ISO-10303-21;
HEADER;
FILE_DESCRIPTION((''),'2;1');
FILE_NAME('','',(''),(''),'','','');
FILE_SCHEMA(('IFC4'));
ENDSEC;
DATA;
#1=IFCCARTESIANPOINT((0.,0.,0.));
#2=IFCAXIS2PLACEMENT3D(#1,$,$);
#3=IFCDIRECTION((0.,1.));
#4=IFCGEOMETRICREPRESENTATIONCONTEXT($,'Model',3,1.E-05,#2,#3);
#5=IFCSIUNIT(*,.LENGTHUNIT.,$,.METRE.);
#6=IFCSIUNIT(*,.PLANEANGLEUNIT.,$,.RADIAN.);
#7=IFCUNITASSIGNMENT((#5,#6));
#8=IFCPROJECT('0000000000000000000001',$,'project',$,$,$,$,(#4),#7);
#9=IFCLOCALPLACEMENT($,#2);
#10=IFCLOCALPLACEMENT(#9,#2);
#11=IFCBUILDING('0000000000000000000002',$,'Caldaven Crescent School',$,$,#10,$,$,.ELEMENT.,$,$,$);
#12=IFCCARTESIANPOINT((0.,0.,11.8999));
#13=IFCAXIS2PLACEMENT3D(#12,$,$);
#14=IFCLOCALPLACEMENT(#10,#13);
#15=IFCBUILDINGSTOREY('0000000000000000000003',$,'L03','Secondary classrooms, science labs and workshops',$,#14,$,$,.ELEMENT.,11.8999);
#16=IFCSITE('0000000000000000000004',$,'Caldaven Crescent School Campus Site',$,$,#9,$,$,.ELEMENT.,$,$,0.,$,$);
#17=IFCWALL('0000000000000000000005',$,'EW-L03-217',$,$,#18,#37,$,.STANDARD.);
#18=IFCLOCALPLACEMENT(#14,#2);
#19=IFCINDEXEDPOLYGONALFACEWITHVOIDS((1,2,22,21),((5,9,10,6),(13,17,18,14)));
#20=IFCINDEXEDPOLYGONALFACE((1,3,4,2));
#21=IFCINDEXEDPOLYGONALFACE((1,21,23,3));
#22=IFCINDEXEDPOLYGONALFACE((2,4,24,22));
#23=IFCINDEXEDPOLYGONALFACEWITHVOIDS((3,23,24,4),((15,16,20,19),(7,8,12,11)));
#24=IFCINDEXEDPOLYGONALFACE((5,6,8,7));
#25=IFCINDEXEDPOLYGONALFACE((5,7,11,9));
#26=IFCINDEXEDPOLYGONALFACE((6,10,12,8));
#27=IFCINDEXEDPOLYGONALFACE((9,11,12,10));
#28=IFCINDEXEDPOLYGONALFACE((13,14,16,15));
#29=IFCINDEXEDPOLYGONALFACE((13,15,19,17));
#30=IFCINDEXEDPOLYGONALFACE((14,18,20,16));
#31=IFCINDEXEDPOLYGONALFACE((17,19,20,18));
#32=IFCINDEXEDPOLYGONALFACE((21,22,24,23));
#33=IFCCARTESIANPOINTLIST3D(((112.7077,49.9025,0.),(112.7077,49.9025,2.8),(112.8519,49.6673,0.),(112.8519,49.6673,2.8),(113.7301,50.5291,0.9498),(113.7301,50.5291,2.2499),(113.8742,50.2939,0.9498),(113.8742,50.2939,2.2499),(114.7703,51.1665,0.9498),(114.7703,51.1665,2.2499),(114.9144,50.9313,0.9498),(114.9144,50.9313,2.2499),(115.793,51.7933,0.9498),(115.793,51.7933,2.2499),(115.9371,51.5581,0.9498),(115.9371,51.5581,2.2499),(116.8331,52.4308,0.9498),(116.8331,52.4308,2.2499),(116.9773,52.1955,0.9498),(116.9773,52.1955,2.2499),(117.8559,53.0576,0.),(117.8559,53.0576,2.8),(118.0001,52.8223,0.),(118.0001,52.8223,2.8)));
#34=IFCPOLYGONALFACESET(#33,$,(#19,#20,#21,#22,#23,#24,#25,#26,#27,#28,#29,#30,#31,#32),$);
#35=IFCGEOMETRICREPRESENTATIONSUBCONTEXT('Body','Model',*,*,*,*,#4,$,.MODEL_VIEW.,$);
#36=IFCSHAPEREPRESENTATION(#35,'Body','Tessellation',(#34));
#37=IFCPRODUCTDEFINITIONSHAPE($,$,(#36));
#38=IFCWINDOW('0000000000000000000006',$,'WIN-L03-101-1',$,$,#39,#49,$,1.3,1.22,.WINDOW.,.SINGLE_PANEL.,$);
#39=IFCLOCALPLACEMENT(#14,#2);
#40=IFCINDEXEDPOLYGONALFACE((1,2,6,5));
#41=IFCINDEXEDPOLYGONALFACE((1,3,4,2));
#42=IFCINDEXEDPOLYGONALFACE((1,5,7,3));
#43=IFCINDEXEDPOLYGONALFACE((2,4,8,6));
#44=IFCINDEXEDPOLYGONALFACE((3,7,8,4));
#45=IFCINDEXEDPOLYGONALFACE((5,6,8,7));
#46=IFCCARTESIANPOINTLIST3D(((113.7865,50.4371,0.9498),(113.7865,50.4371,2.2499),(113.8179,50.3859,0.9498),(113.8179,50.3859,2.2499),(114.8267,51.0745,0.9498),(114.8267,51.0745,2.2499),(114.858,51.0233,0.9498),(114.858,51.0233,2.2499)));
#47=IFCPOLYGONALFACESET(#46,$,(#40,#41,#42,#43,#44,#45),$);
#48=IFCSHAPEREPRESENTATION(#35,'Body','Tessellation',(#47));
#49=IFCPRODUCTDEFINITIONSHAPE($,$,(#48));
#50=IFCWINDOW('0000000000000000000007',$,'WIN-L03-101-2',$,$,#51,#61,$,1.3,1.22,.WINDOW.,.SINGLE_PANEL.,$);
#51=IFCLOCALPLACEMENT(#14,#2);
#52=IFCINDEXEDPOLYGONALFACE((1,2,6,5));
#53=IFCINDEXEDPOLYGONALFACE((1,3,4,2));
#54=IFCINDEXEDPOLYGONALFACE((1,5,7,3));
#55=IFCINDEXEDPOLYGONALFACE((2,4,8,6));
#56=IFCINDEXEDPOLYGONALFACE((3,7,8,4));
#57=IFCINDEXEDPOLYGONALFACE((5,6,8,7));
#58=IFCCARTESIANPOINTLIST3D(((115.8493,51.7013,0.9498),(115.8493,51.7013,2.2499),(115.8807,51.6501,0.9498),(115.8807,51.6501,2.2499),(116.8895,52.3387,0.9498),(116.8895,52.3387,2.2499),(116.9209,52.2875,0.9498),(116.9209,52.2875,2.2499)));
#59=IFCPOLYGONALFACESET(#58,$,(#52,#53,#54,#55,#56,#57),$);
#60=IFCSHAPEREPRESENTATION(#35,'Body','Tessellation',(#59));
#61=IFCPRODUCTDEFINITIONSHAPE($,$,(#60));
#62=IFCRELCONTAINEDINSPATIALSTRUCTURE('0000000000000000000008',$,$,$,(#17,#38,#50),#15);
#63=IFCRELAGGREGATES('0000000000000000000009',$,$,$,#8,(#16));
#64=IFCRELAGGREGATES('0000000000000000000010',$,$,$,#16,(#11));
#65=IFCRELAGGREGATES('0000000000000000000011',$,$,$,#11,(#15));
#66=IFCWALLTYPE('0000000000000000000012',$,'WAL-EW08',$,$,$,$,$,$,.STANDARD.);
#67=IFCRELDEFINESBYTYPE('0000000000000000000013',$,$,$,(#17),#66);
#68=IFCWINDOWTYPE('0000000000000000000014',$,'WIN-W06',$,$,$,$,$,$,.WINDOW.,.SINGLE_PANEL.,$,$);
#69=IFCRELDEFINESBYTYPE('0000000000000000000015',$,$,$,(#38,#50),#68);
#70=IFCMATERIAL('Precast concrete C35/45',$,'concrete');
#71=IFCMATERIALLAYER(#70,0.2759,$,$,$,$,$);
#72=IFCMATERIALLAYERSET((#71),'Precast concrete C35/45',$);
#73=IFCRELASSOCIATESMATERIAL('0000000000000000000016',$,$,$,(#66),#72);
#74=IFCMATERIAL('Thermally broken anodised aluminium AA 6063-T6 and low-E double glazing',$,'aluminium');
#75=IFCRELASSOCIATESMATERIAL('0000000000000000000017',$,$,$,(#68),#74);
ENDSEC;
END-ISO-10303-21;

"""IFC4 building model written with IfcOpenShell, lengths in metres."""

from ifc_helpers import new_model, si_unit, direction, frame, frame_2d, origin, place, context, subcontext, project, spatial, rectangle, extrude, material, layer, layer_set, type_object, element, fill, save


model = new_model("IFC4")

# Units and contexts
model_context = context("Model", 3, precision=1e-05, world=origin(), true_north=direction((0.0, 1.0)))
body_context = subcontext(model_context, "Body", "Model", "MODEL_VIEW")
ifc_project = project(units=[si_unit("LENGTHUNIT", "METRE"), si_unit("PLANEANGLEUNIT", "RADIAN")], contexts=[model_context])

# Site, building, storey
site_placement = place(None, origin())
site = spatial("IfcSite", under=ifc_project, at=site_placement, Name="Caldaven Crescent School Campus Site", CompositionType="ELEMENT", RefElevation=0.0)
building_placement = place(site_placement, origin())
building = spatial("IfcBuilding", under=site, at=building_placement, Name="Caldaven Crescent School", CompositionType="ELEMENT")
storey_placement = place(building_placement, frame((0.0, 0.0, 11.8999)))
storey = spatial("IfcBuildingStorey", under=building, at=storey_placement, Name="L03", Description="Secondary classrooms, science labs and workshops", CompositionType="ELEMENT", Elevation=11.8999)

# Wall, openings, windows
ifc_material_1 = material(Name="Precast concrete C35/45", Category="concrete")
ifc_layer_1 = layer(ifc_material_1, 0.2759)
ifc_layer_set_1 = layer_set([ifc_layer_1], Name="Precast concrete C35/45")
wall_type_1 = type_object("IfcWallType", Name="WAL-EW08", PredefinedType="STANDARD", material=ifc_layer_set_1)
wall_1_placement = place(storey_placement, frame((112.7798, 49.7849, 0.0), z_axis=(0.0, 0.0, 1.0), x_axis=(0.852624, 0.522524, 0.0)))
wall_1 = element("IfcWall", 1, at=wall_1_placement, inside=storey, type_object=wall_type_1, Name="EW-L03-217", PredefinedType="STANDARD", context=body_context, shape_type="SweptSolid", body=[
    extrude(rectangle(XDim=6.0381, YDim=0.2759, at=frame_2d((3.019, 0.0))), origin(), (0.0, 0.0, 1.0), 2.8),
])
opening_1_placement = place(wall_1_placement, frame((1.1992, 0.0, 0.95)))
opening_1 = element("IfcOpeningElement", 2, at=opening_1_placement, cuts=wall_1, PredefinedType="OPENING", context=body_context, shape_type="SweptSolid", body=[
    extrude(rectangle(XDim=1.22, YDim=1.3, at=frame_2d((0.6099, 0.6499))), frame((0.0, 0.1479, 0.0), z_axis=(0.0, -1.0, 0.0), x_axis=(1.0, 0.0, 0.0)), (0.0, 0.0, 1.0), 0.2959),
])
opening_2_placement = place(wall_1_placement, frame((3.6187, 0.0, 0.95)))
opening_2 = element("IfcOpeningElement", 3, at=opening_2_placement, cuts=wall_1, PredefinedType="OPENING", context=body_context, shape_type="SweptSolid", body=[
    extrude(rectangle(XDim=1.22, YDim=1.3, at=frame_2d((0.6099, 0.6499))), frame((0.0, 0.1479, 0.0), z_axis=(0.0, -1.0, 0.0), x_axis=(1.0, 0.0, 0.0)), (0.0, 0.0, 1.0), 0.2959),
])
ifc_material_2 = material(Name="Thermally broken anodised aluminium AA 6063-T6 and low-E double glazing", Category="aluminium")
window_type = type_object("IfcWindowType", Name="WIN-W06", PartitioningType="SINGLE_PANEL", PredefinedType="WINDOW", material=ifc_material_2)
window_1_placement = place(opening_1_placement, origin())
window_1 = element("IfcWindow", 4, at=window_1_placement, inside=storey, type_object=window_type, Name="WIN-L03-101-1", OverallHeight=1.3, OverallWidth=1.22, PartitioningType="SINGLE_PANEL", PredefinedType="WINDOW", context=body_context, shape_type="SweptSolid", body=[
    extrude(rectangle(XDim=1.22, YDim=1.3, at=frame_2d((0.6099, 0.6499))), frame((0.0, 0.03, 0.0), z_axis=(0.0, -1.0, 0.0), x_axis=(1.0, 0.0, 0.0)), (0.0, 0.0, 1.0), 0.0601),
])
fill(opening_1, window_1)
window_2_placement = place(opening_2_placement, origin())
window_2 = element("IfcWindow", 5, at=window_2_placement, inside=storey, type_object=window_type, Name="WIN-L03-101-2", OverallHeight=1.3, OverallWidth=1.22, PartitioningType="SINGLE_PANEL", PredefinedType="WINDOW", context=body_context, shape_type="SweptSolid", body=[
    extrude(rectangle(XDim=1.22, YDim=1.3, at=frame_2d((0.6099, 0.6499))), frame((0.0, 0.03, 0.0), z_axis=(0.0, -1.0, 0.0), x_axis=(1.0, 0.0, 0.0)), (0.0, 0.0, 1.0), 0.0601),
])
fill(opening_2, window_2)

save(model, "model.ifc")
